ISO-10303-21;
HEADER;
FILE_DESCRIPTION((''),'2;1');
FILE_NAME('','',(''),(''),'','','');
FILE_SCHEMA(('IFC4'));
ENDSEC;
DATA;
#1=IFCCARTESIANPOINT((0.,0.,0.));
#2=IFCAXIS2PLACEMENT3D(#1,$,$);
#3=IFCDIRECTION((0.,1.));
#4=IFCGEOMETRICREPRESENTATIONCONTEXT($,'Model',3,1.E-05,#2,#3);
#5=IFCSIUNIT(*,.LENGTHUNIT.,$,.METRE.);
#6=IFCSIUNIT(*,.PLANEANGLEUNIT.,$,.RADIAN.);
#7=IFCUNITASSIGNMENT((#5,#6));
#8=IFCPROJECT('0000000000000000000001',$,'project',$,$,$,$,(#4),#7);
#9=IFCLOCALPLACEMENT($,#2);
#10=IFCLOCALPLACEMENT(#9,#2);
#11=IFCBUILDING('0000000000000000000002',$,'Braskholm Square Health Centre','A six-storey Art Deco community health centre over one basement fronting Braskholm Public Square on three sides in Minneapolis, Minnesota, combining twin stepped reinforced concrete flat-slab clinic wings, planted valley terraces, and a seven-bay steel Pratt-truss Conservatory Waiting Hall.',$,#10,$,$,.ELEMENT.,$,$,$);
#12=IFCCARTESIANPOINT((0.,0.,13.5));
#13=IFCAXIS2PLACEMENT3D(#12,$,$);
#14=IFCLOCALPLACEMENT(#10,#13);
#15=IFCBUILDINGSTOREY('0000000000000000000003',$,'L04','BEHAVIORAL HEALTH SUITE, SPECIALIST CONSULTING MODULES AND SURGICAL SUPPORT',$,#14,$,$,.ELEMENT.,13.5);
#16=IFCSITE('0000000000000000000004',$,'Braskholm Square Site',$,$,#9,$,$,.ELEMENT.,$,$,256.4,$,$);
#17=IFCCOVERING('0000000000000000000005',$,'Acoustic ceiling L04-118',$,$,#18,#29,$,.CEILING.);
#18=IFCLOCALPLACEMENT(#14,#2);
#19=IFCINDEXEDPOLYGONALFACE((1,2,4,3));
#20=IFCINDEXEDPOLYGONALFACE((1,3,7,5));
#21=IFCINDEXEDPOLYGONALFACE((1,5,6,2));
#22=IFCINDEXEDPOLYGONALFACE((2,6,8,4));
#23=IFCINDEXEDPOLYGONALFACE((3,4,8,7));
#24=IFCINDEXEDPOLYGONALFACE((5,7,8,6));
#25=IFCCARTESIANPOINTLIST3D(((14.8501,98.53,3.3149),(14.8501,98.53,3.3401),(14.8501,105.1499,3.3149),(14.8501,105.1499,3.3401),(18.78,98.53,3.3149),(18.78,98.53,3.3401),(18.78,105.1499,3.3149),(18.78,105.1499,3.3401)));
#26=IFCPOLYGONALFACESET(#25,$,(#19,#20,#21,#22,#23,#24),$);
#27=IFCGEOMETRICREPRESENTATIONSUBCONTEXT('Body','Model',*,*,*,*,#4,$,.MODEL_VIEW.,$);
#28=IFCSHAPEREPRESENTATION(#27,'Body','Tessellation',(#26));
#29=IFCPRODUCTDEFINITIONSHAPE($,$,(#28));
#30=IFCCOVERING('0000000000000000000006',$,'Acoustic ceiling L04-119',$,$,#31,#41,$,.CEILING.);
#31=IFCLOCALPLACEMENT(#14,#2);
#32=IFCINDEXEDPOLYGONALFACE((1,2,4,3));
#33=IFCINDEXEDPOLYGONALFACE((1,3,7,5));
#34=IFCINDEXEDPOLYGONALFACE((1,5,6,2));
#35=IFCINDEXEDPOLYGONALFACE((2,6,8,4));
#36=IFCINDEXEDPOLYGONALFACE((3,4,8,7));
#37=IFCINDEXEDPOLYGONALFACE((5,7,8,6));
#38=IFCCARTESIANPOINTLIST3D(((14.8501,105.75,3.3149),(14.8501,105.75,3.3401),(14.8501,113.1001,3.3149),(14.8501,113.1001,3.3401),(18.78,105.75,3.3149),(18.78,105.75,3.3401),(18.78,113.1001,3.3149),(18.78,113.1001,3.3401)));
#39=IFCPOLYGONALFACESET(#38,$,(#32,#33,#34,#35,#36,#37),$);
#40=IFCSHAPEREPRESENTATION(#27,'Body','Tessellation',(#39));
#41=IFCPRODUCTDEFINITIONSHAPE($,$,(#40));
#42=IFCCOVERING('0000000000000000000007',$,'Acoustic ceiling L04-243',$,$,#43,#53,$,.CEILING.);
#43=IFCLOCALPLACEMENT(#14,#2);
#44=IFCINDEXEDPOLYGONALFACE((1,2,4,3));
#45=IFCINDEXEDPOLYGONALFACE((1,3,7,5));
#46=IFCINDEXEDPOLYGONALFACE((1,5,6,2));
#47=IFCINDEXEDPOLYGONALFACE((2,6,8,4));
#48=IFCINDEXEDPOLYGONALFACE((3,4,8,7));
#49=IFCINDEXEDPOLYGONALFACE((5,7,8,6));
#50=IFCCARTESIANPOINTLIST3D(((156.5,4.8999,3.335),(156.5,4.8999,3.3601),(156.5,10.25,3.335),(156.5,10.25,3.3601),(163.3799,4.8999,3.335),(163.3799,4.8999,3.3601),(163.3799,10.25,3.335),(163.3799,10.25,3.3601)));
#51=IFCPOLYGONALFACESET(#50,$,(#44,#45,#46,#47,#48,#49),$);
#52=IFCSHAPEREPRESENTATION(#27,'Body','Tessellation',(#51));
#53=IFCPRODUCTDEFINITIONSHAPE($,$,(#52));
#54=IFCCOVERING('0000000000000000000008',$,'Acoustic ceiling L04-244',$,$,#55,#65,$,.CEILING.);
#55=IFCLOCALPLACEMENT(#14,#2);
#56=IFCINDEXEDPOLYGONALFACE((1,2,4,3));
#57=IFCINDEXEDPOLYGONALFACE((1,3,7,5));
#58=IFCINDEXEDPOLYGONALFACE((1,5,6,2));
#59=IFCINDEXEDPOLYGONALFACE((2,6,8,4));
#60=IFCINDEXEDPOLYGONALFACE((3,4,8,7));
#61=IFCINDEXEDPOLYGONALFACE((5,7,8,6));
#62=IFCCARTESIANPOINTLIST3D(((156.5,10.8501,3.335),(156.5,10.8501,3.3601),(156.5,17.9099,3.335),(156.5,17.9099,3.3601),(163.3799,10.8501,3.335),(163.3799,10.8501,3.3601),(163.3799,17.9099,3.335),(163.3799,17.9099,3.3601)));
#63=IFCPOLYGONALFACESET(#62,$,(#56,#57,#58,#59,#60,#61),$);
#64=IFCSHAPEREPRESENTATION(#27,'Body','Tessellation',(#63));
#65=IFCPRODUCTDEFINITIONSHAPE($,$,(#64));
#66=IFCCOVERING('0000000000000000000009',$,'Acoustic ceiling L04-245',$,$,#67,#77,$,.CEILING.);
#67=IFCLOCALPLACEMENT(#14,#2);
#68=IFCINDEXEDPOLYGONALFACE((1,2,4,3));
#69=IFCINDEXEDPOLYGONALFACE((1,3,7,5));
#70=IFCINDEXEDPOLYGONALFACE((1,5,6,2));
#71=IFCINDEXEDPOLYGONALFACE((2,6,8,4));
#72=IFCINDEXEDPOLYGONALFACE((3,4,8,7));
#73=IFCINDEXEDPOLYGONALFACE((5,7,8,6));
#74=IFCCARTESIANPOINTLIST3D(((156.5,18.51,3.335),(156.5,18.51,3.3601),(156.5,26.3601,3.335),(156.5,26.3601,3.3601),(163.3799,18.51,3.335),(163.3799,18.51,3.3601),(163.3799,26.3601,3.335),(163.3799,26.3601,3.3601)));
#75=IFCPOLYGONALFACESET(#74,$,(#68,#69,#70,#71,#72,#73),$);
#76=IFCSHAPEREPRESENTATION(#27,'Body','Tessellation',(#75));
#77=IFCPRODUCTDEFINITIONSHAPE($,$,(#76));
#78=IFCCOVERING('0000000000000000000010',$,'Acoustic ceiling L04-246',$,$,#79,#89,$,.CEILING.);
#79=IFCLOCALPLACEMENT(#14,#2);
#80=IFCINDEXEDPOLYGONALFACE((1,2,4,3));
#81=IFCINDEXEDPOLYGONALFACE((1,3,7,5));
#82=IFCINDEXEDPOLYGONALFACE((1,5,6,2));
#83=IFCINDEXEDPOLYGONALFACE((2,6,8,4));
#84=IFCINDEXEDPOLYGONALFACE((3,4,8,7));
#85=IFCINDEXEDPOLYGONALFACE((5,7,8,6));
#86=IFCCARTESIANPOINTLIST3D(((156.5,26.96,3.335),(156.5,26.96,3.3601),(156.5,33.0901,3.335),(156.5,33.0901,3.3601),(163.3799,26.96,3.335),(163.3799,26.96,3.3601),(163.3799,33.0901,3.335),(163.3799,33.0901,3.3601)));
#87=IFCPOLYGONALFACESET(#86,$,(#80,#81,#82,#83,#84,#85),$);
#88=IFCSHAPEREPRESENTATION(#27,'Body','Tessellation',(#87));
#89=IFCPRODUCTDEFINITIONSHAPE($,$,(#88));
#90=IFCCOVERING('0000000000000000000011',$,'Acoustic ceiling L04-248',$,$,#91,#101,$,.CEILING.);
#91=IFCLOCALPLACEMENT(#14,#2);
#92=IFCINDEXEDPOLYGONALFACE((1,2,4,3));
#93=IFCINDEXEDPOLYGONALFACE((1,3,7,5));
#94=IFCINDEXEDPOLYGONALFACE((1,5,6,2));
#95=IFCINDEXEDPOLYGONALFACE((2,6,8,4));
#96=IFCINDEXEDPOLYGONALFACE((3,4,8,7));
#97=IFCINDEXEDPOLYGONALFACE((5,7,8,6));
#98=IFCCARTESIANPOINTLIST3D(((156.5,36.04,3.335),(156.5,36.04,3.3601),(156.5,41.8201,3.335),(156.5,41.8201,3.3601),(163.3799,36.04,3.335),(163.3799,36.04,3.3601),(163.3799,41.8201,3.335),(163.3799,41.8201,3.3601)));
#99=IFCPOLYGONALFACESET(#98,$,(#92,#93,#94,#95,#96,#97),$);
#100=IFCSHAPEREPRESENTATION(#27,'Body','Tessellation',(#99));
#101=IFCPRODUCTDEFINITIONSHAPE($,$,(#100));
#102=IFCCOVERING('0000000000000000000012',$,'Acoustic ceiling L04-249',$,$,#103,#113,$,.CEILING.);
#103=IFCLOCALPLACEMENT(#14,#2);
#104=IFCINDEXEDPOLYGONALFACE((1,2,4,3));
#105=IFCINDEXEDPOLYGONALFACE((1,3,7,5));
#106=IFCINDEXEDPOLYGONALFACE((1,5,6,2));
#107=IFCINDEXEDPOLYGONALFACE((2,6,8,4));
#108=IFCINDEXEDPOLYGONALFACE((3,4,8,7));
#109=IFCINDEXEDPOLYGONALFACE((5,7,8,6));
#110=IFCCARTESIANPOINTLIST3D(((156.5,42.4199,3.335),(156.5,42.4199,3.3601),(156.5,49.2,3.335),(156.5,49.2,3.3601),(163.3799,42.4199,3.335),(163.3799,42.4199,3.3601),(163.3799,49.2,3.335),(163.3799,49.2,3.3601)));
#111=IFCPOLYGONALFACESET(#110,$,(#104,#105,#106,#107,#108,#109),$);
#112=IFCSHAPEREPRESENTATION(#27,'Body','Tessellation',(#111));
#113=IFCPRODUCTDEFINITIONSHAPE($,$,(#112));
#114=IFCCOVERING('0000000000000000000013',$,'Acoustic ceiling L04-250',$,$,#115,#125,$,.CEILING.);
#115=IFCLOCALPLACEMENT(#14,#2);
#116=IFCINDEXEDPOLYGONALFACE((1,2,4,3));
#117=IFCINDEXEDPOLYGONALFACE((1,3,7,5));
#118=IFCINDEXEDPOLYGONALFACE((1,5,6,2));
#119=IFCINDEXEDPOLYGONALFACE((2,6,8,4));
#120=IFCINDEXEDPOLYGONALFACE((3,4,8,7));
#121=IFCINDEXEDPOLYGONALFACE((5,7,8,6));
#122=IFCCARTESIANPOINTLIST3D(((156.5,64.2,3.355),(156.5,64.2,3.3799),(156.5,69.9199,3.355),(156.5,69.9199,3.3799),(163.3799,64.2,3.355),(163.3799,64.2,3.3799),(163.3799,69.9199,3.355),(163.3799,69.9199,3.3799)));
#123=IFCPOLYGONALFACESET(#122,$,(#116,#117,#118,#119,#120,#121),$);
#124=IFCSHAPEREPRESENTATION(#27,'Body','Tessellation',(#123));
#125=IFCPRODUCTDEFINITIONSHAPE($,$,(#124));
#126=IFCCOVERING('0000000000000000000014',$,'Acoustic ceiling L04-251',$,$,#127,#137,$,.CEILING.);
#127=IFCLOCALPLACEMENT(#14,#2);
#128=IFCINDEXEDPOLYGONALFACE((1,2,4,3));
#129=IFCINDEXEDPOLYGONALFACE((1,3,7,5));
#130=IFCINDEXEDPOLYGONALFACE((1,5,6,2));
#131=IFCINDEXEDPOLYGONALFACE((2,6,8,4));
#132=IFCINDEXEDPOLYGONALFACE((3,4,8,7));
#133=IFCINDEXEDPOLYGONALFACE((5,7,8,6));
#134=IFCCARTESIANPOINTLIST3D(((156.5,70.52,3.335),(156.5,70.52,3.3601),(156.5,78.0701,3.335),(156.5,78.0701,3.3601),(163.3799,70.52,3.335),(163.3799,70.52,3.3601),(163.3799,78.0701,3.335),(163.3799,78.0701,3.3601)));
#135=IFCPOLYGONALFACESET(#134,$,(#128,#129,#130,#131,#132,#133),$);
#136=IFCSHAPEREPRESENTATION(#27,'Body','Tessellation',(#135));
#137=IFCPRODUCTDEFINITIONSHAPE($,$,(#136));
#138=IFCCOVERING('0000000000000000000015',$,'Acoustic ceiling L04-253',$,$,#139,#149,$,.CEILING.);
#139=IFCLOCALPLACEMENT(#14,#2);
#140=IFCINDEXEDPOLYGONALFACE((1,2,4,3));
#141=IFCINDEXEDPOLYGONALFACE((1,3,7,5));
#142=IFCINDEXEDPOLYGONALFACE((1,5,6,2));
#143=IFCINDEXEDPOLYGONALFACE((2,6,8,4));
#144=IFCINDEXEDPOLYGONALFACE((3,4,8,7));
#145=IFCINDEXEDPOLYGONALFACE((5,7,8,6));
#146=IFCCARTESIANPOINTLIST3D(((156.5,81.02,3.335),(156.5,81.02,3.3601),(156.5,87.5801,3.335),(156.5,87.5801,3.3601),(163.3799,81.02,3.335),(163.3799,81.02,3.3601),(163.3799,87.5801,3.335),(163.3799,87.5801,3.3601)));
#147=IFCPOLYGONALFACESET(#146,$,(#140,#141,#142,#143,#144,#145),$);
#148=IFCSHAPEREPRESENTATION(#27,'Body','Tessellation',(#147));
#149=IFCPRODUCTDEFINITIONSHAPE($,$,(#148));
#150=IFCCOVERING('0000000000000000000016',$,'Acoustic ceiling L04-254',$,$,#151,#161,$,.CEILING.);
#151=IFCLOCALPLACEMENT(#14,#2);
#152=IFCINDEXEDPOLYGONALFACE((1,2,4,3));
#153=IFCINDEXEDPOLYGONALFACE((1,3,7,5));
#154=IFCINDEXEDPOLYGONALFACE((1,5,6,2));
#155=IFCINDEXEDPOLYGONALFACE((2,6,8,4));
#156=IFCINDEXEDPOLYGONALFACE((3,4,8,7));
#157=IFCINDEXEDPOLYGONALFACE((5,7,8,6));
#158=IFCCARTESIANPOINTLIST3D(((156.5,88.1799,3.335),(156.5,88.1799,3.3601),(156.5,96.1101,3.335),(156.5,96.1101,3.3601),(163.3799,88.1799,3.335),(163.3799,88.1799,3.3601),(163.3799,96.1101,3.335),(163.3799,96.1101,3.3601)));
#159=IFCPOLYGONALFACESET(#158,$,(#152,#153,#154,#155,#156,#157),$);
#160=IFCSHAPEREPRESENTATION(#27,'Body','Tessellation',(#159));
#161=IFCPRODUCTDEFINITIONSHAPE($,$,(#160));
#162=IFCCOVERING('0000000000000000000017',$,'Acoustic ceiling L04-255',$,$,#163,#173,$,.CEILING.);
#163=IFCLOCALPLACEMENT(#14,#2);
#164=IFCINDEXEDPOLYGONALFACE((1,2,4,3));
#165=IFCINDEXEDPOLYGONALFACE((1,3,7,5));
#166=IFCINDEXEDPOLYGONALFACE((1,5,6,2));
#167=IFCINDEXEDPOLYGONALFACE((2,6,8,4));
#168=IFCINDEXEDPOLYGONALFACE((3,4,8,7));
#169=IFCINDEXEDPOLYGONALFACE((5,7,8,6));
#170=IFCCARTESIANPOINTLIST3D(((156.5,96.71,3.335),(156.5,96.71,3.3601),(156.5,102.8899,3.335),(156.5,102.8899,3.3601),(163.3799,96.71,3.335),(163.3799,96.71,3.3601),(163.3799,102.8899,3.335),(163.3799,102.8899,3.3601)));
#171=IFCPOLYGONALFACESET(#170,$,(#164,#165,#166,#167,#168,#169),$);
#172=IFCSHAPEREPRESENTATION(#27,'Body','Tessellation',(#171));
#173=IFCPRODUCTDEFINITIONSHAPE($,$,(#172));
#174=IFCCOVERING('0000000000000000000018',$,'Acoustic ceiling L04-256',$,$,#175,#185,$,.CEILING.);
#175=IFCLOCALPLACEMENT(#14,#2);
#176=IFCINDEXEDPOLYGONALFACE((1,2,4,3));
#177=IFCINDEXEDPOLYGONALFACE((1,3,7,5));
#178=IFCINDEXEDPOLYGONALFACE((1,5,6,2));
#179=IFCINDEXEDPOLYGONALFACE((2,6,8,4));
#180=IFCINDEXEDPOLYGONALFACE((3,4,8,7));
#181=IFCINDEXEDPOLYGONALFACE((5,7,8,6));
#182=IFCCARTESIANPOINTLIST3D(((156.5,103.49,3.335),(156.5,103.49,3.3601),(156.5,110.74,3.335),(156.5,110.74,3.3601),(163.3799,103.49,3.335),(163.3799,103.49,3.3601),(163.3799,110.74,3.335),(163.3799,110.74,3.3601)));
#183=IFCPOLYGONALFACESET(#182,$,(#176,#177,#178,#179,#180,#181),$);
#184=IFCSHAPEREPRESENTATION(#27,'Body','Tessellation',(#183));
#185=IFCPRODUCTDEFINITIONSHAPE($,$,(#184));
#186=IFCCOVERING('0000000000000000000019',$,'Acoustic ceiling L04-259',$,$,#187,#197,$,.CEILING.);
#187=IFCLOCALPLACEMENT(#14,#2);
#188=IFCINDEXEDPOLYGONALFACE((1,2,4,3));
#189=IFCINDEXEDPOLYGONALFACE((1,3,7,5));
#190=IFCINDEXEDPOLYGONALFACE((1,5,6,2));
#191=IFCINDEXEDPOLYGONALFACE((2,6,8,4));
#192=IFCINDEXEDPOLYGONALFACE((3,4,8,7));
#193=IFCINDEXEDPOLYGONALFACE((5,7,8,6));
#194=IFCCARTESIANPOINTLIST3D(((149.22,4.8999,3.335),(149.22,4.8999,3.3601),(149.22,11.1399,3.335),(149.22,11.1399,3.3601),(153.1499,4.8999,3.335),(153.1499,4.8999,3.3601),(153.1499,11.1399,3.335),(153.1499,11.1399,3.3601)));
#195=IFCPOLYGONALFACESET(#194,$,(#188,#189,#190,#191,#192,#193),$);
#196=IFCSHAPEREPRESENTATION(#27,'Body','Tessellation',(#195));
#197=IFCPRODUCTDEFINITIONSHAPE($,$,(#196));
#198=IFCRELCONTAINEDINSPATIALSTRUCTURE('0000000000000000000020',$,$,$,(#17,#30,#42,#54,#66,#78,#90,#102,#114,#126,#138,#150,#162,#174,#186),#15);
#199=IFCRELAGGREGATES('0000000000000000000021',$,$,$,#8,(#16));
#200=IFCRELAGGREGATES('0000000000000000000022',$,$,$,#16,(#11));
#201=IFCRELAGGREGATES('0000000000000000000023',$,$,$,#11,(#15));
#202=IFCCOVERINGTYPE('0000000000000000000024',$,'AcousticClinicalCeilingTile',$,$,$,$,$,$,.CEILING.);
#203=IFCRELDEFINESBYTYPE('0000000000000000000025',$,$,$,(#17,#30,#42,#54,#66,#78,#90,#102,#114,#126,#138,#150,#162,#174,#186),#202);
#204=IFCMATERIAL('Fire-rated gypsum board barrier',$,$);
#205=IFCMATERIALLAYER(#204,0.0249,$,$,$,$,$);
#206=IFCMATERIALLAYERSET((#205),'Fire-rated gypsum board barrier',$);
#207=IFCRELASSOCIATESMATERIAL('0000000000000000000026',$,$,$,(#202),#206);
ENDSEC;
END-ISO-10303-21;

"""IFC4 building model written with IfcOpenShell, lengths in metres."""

from ifc_helpers import new_model, si_unit, direction, frame, origin, place, context, subcontext, project, spatial, polyline, outline, extrude, material, layer, layer_set, type_object, element, save


model = new_model("IFC4")

# Units and contexts
model_context = context("Model", 3, precision=1e-05, world=origin(), true_north=direction((0.0, 1.0)))
body_context = subcontext(model_context, "Body", "Model", "MODEL_VIEW")
ifc_project = project(units=[si_unit("LENGTHUNIT", "METRE"), si_unit("PLANEANGLEUNIT", "RADIAN")], contexts=[model_context])

# Site, building, storey
site_placement = place(None, origin())
site = spatial("IfcSite", under=ifc_project, at=site_placement, Name="Braskholm Square Site", CompositionType="ELEMENT", RefElevation=256.4)
building_placement = place(site_placement, origin())
building = spatial("IfcBuilding", under=site, at=building_placement, Name="Braskholm Square Health Centre", Description="A six-storey Art Deco community health centre over one basement fronting Braskholm Public Square on three sides in Minneapolis, Minnesota, combining twin stepped reinforced concrete flat-slab clinic wings, planted valley terraces, and a seven-bay steel Pratt-truss Conservatory Waiting Hall.", CompositionType="ELEMENT")
storey_placement = place(building_placement, frame((0.0, 0.0, 13.5)))
storey = spatial("IfcBuildingStorey", under=building, at=storey_placement, Name="L04", Description="BEHAVIORAL HEALTH SUITE, SPECIALIST CONSULTING MODULES AND SURGICAL SUPPORT", CompositionType="ELEMENT", Elevation=13.5)

# Coverings
ifc_material = material(Name="Fire-rated gypsum board barrier")
ifc_layer = layer(ifc_material, 0.0249)
ifc_layer_set = layer_set([ifc_layer], Name="Fire-rated gypsum board barrier")
covering_type = type_object("IfcCoveringType", Name="AcousticClinicalCeilingTile", PredefinedType="CEILING", material=ifc_layer_set)
covering_1_placement = place(storey_placement, frame((0.0, 0.0, 3.3149)))
element("IfcCovering", 1, at=covering_1_placement, inside=storey, type_object=covering_type, Name="Acoustic ceiling L04-118", PredefinedType="CEILING", context=body_context, shape_type="SweptSolid", body=[
    extrude(outline(polyline([(14.8501, 98.53), (18.78, 98.53), (18.78, 105.1499), (14.8501, 105.1499), (14.8501, 98.53)])), origin(), (0.0, 0.0, 1.0), 0.0251),
])
covering_2_placement = place(storey_placement, frame((0.0, 0.0, 3.3149)))
element("IfcCovering", 2, at=covering_2_placement, inside=storey, type_object=covering_type, Name="Acoustic ceiling L04-119", PredefinedType="CEILING", context=body_context, shape_type="SweptSolid", body=[
    extrude(outline(polyline([(14.8501, 105.75), (18.78, 105.75), (18.78, 113.1001), (14.8501, 113.1001), (14.8501, 105.75)])), origin(), (0.0, 0.0, 1.0), 0.0251),
])
covering_3_placement = place(storey_placement, frame((0.0, 0.0, 3.335)))
element("IfcCovering", 3, at=covering_3_placement, inside=storey, type_object=covering_type, Name="Acoustic ceiling L04-243", PredefinedType="CEILING", context=body_context, shape_type="SweptSolid", body=[
    extrude(outline(polyline([(156.5, 4.8999), (163.3799, 4.8999), (163.3799, 10.25), (156.5, 10.25), (156.5, 4.8999)])), origin(), (0.0, 0.0, 1.0), 0.0251),
])
covering_4_placement = place(storey_placement, frame((0.0, 0.0, 3.335)))
element("IfcCovering", 4, at=covering_4_placement, inside=storey, type_object=covering_type, Name="Acoustic ceiling L04-244", PredefinedType="CEILING", context=body_context, shape_type="SweptSolid", body=[
    extrude(outline(polyline([(156.5, 10.8501), (163.3799, 10.8501), (163.3799, 17.9099), (156.5, 17.9099), (156.5, 10.8501)])), origin(), (0.0, 0.0, 1.0), 0.0251),
])
covering_5_placement = place(storey_placement, frame((0.0, 0.0, 3.335)))
element("IfcCovering", 5, at=covering_5_placement, inside=storey, type_object=covering_type, Name="Acoustic ceiling L04-245", PredefinedType="CEILING", context=body_context, shape_type="SweptSolid", body=[
    extrude(outline(polyline([(156.5, 18.51), (163.3799, 18.51), (163.3799, 26.3601), (156.5, 26.3601), (156.5, 18.51)])), origin(), (0.0, 0.0, 1.0), 0.0251),
])
covering_6_placement = place(storey_placement, frame((0.0, 0.0, 3.335)))
element("IfcCovering", 6, at=covering_6_placement, inside=storey, type_object=covering_type, Name="Acoustic ceiling L04-246", PredefinedType="CEILING", context=body_context, shape_type="SweptSolid", body=[
    extrude(outline(polyline([(156.5, 26.96), (163.3799, 26.96), (163.3799, 33.0901), (156.5, 33.0901), (156.5, 26.96)])), origin(), (0.0, 0.0, 1.0), 0.0251),
])
covering_7_placement = place(storey_placement, frame((0.0, 0.0, 3.335)))
element("IfcCovering", 7, at=covering_7_placement, inside=storey, type_object=covering_type, Name="Acoustic ceiling L04-248", PredefinedType="CEILING", context=body_context, shape_type="SweptSolid", body=[
    extrude(outline(polyline([(156.5, 36.04), (163.3799, 36.04), (163.3799, 41.8201), (156.5, 41.8201), (156.5, 36.04)])), origin(), (0.0, 0.0, 1.0), 0.0251),
])
covering_8_placement = place(storey_placement, frame((0.0, 0.0, 3.335)))
element("IfcCovering", 8, at=covering_8_placement, inside=storey, type_object=covering_type, Name="Acoustic ceiling L04-249", PredefinedType="CEILING", context=body_context, shape_type="SweptSolid", body=[
    extrude(outline(polyline([(156.5, 42.4199), (163.3799, 42.4199), (163.3799, 49.2), (156.5, 49.2), (156.5, 42.4199)])), origin(), (0.0, 0.0, 1.0), 0.0251),
])
covering_9_placement = place(storey_placement, frame((0.0, 0.0, 3.355)))
element("IfcCovering", 9, at=covering_9_placement, inside=storey, type_object=covering_type, Name="Acoustic ceiling L04-250", PredefinedType="CEILING", context=body_context, shape_type="SweptSolid", body=[
    extrude(outline(polyline([(156.5, 64.2), (163.3799, 64.2), (163.3799, 69.9199), (156.5, 69.9199), (156.5, 64.2)])), origin(), (0.0, 0.0, 1.0), 0.0249),
])
covering_10_placement = place(storey_placement, frame((0.0, 0.0, 3.335)))
element("IfcCovering", 10, at=covering_10_placement, inside=storey, type_object=covering_type, Name="Acoustic ceiling L04-251", PredefinedType="CEILING", context=body_context, shape_type="SweptSolid", body=[
    extrude(outline(polyline([(156.5, 70.52), (163.3799, 70.52), (163.3799, 78.0701), (156.5, 78.0701), (156.5, 70.52)])), origin(), (0.0, 0.0, 1.0), 0.0251),
])
covering_11_placement = place(storey_placement, frame((0.0, 0.0, 3.335)))
element("IfcCovering", 11, at=covering_11_placement, inside=storey, type_object=covering_type, Name="Acoustic ceiling L04-253", PredefinedType="CEILING", context=body_context, shape_type="SweptSolid", body=[
    extrude(outline(polyline([(156.5, 81.02), (163.3799, 81.02), (163.3799, 87.5801), (156.5, 87.5801), (156.5, 81.02)])), origin(), (0.0, 0.0, 1.0), 0.0251),
])
covering_12_placement = place(storey_placement, frame((0.0, 0.0, 3.335)))
element("IfcCovering", 12, at=covering_12_placement, inside=storey, type_object=covering_type, Name="Acoustic ceiling L04-254", PredefinedType="CEILING", context=body_context, shape_type="SweptSolid", body=[
    extrude(outline(polyline([(156.5, 88.1799), (163.3799, 88.1799), (163.3799, 96.1101), (156.5, 96.1101), (156.5, 88.1799)])), origin(), (0.0, 0.0, 1.0), 0.0251),
])
covering_13_placement = place(storey_placement, frame((0.0, 0.0, 3.335)))
element("IfcCovering", 13, at=covering_13_placement, inside=storey, type_object=covering_type, Name="Acoustic ceiling L04-255", PredefinedType="CEILING", context=body_context, shape_type="SweptSolid", body=[
    extrude(outline(polyline([(156.5, 96.71), (163.3799, 96.71), (163.3799, 102.8899), (156.5, 102.8899), (156.5, 96.71)])), origin(), (0.0, 0.0, 1.0), 0.0251),
])
covering_14_placement = place(storey_placement, frame((0.0, 0.0, 3.335)))
element("IfcCovering", 14, at=covering_14_placement, inside=storey, type_object=covering_type, Name="Acoustic ceiling L04-256", PredefinedType="CEILING", context=body_context, shape_type="SweptSolid", body=[
    extrude(outline(polyline([(156.5, 103.49), (163.3799, 103.49), (163.3799, 110.74), (156.5, 110.74), (156.5, 103.49)])), origin(), (0.0, 0.0, 1.0), 0.0251),
])
covering_15_placement = place(storey_placement, frame((0.0, 0.0, 3.335)))
element("IfcCovering", 15, at=covering_15_placement, inside=storey, type_object=covering_type, Name="Acoustic ceiling L04-259", PredefinedType="CEILING", context=body_context, shape_type="SweptSolid", body=[
    extrude(outline(polyline([(149.22, 4.8999), (153.1499, 4.8999), (153.1499, 11.1399), (149.22, 11.1399), (149.22, 4.8999)])), origin(), (0.0, 0.0, 1.0), 0.0251),
])

save(model, "model.ifc")
